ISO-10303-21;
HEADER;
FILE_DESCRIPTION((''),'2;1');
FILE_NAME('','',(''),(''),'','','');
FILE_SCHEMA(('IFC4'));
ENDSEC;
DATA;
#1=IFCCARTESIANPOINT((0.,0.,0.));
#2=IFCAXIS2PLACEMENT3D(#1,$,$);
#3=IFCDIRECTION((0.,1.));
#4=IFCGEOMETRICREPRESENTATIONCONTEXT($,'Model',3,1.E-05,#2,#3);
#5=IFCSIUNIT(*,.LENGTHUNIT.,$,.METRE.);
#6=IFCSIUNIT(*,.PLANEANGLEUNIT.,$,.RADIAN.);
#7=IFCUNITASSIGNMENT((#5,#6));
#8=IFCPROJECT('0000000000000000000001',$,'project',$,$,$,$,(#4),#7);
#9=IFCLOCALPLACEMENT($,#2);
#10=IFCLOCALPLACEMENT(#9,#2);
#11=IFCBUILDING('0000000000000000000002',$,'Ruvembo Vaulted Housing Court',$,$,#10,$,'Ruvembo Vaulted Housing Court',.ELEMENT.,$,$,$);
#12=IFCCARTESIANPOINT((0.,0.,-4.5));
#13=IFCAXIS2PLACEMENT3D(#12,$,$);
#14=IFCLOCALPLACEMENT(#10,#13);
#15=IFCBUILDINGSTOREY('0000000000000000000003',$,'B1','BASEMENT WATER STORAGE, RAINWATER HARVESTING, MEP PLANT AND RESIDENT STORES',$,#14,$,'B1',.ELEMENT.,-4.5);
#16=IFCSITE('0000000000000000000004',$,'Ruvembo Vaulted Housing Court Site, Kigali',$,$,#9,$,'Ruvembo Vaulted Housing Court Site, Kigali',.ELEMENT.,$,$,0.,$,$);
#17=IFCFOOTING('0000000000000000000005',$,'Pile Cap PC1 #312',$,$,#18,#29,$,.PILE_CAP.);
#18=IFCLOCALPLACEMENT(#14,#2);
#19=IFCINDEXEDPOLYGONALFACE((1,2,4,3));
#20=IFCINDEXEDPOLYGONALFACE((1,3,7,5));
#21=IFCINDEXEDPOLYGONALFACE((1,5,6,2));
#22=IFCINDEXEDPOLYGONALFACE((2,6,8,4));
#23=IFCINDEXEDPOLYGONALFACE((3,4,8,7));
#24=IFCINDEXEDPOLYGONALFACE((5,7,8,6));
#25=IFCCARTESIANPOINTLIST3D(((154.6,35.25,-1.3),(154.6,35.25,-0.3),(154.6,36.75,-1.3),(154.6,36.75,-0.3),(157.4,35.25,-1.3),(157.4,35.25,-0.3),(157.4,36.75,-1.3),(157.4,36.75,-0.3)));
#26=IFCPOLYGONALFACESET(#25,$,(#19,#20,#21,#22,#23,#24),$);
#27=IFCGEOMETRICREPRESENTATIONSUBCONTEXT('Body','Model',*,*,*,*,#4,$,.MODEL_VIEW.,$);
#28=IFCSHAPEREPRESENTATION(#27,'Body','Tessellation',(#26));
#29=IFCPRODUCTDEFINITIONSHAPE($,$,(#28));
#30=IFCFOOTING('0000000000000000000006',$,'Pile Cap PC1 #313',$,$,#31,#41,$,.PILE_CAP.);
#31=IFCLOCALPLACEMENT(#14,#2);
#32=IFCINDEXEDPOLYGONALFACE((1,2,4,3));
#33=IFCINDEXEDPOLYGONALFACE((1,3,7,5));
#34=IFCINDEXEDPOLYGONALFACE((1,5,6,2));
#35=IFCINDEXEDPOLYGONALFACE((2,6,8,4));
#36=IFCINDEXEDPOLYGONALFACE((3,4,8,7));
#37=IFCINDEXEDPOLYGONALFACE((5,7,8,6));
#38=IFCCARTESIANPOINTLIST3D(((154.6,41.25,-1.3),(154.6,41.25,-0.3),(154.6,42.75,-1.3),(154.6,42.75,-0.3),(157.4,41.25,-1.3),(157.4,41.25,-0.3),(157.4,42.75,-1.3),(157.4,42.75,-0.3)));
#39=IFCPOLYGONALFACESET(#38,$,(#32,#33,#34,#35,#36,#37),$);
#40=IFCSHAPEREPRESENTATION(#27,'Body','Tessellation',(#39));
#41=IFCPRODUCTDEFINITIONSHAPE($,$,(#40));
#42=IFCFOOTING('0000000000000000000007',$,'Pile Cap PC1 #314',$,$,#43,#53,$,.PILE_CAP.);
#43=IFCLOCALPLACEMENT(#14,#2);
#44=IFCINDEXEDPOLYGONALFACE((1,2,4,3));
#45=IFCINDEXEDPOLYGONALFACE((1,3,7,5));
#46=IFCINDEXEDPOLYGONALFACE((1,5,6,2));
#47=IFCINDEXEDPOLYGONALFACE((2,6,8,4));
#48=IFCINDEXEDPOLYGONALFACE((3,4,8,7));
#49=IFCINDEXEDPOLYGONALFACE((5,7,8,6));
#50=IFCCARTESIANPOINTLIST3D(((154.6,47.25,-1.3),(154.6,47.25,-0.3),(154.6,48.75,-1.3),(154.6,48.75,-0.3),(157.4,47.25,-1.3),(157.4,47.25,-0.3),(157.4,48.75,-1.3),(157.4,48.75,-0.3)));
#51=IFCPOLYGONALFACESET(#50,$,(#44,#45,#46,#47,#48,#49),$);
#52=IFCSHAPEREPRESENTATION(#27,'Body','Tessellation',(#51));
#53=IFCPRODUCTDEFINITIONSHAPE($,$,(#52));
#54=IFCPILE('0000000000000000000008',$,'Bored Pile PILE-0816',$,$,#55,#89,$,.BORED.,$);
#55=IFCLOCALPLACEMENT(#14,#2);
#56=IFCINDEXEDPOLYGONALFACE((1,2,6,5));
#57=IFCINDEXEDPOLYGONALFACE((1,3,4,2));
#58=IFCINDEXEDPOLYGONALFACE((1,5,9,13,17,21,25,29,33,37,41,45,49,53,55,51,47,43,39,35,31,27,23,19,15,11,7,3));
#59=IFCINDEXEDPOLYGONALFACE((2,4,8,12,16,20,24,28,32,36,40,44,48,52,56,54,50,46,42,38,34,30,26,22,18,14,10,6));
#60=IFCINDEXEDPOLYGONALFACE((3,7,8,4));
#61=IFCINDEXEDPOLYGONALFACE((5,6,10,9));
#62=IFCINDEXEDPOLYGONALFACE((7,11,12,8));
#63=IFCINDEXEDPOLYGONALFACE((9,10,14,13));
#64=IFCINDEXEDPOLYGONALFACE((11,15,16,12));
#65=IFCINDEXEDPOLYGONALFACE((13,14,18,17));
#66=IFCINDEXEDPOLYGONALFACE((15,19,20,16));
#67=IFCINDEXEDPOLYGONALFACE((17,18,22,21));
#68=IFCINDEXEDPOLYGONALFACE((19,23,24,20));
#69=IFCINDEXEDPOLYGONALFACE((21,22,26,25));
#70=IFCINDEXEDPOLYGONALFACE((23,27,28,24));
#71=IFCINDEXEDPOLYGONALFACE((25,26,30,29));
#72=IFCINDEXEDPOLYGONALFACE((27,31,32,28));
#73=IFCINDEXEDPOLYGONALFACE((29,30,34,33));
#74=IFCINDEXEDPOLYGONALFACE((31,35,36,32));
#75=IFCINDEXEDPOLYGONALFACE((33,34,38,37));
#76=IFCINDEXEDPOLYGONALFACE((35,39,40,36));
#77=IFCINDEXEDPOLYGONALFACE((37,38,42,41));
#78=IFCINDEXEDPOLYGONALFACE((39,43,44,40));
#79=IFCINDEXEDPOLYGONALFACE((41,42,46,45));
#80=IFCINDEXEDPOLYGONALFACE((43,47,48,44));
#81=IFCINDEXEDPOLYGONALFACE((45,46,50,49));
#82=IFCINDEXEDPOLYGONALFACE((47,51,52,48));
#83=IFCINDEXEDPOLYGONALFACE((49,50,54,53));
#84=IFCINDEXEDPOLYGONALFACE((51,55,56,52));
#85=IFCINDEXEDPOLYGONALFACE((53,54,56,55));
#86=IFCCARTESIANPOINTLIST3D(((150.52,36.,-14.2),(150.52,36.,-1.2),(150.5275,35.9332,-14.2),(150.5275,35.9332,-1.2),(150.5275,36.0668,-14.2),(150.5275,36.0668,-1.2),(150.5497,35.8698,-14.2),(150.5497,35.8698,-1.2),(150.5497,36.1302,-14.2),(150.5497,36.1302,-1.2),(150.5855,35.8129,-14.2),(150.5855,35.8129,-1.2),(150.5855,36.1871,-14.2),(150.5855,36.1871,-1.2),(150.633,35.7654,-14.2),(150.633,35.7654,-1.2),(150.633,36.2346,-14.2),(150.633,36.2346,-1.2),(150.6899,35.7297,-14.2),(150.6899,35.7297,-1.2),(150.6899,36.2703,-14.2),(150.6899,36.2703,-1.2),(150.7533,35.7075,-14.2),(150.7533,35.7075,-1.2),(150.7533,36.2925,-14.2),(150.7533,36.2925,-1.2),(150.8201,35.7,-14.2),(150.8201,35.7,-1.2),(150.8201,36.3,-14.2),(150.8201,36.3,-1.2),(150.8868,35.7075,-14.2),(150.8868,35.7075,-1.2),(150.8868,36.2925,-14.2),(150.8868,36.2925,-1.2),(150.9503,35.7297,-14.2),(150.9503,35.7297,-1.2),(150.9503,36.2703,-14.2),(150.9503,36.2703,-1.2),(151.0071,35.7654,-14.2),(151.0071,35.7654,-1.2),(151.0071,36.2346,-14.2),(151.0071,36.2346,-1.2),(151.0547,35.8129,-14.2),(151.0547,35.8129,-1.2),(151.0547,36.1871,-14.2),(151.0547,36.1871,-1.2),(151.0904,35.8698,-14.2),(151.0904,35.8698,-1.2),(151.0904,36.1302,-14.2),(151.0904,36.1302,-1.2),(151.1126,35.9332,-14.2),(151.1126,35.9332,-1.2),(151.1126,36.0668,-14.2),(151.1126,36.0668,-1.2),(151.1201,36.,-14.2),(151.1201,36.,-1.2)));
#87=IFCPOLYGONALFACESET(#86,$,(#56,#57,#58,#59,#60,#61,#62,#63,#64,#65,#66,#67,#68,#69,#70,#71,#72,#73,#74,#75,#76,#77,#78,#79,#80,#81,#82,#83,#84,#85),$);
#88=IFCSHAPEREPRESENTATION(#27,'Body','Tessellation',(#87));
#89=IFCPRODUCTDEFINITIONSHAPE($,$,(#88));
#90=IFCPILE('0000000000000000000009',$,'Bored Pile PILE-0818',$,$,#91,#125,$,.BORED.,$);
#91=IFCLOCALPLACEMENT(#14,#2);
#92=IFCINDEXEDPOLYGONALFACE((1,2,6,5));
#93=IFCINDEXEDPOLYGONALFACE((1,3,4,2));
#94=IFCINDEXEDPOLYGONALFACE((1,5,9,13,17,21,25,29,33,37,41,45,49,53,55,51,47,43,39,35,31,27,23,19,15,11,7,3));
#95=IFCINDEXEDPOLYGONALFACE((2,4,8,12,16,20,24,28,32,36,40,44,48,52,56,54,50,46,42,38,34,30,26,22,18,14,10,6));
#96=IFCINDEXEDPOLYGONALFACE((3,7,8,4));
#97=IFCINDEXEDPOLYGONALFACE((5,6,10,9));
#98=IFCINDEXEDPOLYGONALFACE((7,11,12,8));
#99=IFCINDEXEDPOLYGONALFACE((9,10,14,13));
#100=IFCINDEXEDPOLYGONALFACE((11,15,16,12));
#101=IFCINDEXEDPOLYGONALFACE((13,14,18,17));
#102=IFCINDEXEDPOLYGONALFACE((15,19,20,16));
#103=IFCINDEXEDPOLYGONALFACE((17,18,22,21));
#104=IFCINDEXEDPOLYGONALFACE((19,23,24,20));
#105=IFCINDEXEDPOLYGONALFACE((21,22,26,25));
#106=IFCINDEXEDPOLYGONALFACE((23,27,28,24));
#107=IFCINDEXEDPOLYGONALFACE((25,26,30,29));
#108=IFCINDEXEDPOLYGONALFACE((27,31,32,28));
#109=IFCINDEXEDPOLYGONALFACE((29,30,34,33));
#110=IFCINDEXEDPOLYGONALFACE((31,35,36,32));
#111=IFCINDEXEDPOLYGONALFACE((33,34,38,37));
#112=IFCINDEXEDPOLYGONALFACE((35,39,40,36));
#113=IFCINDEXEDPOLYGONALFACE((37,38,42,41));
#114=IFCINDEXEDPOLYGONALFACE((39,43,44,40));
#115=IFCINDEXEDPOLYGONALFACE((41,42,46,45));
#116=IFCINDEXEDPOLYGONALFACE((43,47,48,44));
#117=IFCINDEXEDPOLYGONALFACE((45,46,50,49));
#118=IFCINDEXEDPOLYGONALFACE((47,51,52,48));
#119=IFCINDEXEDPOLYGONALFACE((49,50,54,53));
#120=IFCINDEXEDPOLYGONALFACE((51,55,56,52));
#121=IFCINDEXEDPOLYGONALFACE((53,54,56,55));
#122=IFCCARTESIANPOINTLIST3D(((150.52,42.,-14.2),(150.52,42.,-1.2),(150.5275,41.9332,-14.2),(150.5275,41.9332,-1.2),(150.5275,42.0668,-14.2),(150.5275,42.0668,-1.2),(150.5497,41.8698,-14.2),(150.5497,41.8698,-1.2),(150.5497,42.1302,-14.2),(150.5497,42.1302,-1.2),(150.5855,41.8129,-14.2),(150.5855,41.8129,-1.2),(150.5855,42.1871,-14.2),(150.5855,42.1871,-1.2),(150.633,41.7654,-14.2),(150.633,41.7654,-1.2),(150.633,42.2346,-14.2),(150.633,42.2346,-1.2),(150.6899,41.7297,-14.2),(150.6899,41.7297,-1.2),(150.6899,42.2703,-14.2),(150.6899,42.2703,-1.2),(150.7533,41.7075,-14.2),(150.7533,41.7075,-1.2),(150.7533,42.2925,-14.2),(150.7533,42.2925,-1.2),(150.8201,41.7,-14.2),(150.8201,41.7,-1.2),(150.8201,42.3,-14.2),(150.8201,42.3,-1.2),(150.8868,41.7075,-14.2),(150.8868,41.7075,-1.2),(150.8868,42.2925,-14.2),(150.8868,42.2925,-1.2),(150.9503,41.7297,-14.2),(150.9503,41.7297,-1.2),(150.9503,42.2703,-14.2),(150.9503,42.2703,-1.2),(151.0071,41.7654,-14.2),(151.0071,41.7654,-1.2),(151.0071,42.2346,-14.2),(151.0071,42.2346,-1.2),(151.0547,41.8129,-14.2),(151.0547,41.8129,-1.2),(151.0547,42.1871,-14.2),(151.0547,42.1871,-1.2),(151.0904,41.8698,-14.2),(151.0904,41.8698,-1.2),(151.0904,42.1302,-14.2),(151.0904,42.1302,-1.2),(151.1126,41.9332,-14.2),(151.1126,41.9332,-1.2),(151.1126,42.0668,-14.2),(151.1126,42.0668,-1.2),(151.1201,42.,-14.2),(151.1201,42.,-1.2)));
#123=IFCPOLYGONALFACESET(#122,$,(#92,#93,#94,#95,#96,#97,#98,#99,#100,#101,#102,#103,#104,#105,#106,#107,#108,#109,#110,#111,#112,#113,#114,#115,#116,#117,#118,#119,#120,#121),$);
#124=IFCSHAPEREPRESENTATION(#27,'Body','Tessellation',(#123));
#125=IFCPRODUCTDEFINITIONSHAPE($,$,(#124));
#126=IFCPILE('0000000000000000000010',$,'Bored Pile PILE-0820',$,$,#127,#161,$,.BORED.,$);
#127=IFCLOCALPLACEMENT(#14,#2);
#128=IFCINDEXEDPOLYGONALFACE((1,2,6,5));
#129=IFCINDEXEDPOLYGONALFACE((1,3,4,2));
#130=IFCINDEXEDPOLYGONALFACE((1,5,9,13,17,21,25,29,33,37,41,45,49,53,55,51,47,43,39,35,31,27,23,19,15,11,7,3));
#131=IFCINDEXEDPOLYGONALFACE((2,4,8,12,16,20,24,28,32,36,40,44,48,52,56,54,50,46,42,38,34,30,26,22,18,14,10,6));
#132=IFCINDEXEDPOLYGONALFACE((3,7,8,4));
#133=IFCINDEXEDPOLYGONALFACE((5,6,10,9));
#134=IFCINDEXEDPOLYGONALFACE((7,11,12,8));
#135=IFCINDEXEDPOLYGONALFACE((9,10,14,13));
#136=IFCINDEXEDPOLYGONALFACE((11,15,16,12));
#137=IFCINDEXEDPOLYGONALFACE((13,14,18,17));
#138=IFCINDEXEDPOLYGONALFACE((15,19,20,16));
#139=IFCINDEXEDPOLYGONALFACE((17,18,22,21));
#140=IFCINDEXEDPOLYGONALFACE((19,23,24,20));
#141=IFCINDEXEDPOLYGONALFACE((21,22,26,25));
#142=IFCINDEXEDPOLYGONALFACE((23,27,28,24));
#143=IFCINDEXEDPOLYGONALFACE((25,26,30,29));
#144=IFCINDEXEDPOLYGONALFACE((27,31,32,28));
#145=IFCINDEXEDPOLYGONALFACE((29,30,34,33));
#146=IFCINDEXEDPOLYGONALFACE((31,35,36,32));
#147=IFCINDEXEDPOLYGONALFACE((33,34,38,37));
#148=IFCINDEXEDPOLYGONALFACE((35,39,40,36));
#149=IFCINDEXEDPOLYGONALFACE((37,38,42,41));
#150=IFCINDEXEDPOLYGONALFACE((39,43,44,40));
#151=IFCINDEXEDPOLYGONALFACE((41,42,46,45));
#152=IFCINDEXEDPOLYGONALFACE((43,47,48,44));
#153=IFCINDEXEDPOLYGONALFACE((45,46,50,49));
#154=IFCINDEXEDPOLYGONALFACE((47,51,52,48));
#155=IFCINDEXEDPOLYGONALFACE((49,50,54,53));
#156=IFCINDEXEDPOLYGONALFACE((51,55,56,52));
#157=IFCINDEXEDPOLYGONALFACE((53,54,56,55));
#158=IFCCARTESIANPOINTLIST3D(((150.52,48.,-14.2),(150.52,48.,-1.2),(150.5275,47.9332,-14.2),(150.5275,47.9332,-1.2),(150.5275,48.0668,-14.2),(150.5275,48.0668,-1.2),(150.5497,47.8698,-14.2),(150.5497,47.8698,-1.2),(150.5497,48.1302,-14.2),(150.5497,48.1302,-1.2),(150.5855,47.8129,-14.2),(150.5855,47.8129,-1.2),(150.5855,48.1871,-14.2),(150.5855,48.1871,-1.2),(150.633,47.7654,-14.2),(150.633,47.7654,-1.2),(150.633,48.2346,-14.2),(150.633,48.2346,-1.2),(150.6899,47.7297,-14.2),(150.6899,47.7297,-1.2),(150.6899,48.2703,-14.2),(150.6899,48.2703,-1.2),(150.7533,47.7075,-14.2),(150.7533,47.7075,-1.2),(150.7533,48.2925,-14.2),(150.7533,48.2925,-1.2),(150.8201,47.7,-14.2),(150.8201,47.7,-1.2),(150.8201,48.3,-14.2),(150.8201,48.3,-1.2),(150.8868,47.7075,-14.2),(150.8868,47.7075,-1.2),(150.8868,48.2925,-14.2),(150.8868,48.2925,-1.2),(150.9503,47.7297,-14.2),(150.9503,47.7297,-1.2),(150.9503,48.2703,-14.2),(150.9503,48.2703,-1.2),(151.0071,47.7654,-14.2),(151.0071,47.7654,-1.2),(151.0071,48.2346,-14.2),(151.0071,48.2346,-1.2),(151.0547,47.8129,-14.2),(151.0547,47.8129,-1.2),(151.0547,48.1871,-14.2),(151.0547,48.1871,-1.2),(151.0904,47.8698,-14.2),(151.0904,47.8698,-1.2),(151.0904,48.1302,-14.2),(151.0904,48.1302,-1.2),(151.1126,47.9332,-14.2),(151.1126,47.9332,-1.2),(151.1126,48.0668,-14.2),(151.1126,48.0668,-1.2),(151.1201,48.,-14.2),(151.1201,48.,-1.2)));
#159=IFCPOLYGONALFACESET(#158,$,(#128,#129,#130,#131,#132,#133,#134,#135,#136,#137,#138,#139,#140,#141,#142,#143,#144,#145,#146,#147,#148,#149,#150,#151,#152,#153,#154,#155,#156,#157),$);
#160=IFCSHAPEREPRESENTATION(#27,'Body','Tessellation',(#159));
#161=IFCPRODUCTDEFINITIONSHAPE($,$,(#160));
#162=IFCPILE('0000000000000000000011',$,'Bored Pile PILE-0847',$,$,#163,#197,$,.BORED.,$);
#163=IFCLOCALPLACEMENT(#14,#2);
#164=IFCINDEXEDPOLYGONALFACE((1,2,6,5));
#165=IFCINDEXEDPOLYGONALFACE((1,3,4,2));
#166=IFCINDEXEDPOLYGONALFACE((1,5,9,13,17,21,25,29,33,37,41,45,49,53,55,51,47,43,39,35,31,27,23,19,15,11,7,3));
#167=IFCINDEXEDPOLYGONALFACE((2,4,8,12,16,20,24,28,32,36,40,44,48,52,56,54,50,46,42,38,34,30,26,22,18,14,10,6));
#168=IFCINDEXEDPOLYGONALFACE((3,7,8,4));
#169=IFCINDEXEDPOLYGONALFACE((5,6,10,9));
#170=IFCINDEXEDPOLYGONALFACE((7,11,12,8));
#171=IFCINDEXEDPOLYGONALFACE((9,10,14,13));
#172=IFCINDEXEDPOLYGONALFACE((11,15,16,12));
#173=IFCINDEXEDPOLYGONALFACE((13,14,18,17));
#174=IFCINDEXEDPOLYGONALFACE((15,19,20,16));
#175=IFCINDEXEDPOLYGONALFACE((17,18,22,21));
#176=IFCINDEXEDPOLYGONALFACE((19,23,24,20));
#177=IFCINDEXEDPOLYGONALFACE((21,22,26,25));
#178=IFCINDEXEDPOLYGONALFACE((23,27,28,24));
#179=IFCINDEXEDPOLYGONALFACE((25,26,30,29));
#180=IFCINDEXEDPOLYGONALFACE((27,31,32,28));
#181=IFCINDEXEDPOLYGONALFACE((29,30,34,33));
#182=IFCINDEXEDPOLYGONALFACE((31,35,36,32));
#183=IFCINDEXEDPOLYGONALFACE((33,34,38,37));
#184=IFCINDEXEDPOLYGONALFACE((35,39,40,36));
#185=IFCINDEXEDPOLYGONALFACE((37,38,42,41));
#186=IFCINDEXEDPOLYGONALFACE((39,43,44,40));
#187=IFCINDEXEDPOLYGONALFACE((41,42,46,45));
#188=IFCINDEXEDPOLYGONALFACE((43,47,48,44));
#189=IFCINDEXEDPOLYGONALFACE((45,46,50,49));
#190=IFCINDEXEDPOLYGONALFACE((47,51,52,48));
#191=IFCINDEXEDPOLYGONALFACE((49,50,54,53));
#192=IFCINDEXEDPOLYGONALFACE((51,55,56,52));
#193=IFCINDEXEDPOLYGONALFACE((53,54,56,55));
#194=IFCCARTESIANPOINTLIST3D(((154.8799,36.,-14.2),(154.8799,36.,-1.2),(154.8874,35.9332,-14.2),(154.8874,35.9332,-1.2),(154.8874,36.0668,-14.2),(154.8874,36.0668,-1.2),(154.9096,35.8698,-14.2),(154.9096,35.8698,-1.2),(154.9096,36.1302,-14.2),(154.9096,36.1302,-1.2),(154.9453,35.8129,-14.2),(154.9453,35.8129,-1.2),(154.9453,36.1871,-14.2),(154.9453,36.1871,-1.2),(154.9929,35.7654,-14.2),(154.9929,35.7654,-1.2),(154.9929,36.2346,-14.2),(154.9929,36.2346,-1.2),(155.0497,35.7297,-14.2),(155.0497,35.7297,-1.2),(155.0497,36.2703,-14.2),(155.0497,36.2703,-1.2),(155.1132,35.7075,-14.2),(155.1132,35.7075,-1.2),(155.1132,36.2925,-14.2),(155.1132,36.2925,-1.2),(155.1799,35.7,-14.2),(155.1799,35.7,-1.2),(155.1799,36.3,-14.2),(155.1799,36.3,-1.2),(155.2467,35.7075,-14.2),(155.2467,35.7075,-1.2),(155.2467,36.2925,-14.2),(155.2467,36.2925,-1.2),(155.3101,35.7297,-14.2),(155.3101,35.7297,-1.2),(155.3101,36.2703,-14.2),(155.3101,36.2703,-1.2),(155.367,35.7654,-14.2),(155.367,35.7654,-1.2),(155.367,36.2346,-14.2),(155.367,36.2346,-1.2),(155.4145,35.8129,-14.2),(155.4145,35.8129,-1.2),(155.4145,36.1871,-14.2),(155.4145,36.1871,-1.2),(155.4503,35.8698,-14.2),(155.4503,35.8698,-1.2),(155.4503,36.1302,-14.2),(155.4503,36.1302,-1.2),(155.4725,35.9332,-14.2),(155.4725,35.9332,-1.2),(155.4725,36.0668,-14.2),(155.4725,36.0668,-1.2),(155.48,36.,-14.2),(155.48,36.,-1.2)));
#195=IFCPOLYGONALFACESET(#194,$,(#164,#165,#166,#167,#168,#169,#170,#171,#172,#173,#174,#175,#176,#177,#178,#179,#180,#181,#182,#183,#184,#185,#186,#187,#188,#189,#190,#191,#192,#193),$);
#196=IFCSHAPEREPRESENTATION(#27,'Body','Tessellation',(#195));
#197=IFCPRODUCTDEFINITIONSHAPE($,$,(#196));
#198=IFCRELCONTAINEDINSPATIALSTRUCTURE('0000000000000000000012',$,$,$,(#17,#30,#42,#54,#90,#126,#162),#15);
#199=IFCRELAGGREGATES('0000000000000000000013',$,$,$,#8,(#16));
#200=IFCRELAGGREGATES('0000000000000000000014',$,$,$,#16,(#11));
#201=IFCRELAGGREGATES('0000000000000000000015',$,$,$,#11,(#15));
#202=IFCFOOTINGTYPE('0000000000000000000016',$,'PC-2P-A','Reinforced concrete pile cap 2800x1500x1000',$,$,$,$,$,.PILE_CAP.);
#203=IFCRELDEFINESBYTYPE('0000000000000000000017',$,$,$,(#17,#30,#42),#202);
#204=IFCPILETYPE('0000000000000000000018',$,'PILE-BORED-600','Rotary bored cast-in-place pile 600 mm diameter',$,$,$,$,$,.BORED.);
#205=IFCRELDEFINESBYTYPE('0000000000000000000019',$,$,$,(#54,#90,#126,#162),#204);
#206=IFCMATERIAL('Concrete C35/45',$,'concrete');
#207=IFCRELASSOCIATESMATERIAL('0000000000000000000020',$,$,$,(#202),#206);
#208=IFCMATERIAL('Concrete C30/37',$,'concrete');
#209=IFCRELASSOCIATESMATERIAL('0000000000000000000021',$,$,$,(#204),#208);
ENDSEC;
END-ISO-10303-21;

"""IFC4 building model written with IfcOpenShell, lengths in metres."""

from ifc_helpers import new_model, si_unit, direction, frame, origin, origin_2d, place, context, subcontext, project, spatial, rectangle, circle, extrude, material, material_profile, profile_set, type_object, element, save


model = new_model("IFC4")

# Units and contexts
model_context = context("Model", 3, precision=1e-05, world=origin(), true_north=direction((0.0, 1.0)))
body_context = subcontext(model_context, "Body", "Model", "MODEL_VIEW")
ifc_project = project(units=[si_unit("LENGTHUNIT", "METRE"), si_unit("PLANEANGLEUNIT", "RADIAN")], contexts=[model_context])

# Site, building, storey
site_placement = place(None, origin())
site = spatial("IfcSite", under=ifc_project, at=site_placement, Name="Ruvembo Vaulted Housing Court Site, Kigali", LongName="Ruvembo Vaulted Housing Court Site, Kigali", CompositionType="ELEMENT", RefElevation=0.0)
building_placement = place(site_placement, origin())
building = spatial("IfcBuilding", under=site, at=building_placement, Name="Ruvembo Vaulted Housing Court", LongName="Ruvembo Vaulted Housing Court", CompositionType="ELEMENT")
storey_placement = place(building_placement, frame((0.0, 0.0, -4.5)))
storey = spatial("IfcBuildingStorey", under=building, at=storey_placement, Name="B1", Description="BASEMENT WATER STORAGE, RAINWATER HARVESTING, MEP PLANT AND RESIDENT STORES", LongName="B1", CompositionType="ELEMENT", Elevation=-4.5)

# Footings
ifc_material_1 = material(Name="Concrete C35/45", Category="concrete")
footing_type = type_object("IfcFootingType", Name="PC-2P-A", Description="Reinforced concrete pile cap 2800x1500x1000", PredefinedType="PILE_CAP", material=ifc_material_1)
for number, where, z_axis, x_axis, name in (
    (1, (156.0, 36.0, -1.3), (0.0, 0.0, 1.0), (1.0, 0.0, 0.0), "Pile Cap PC1 #312"),
    (2, (156.0, 42.0, -1.3), (0.0, 0.0, 1.0), (1.0, 0.0, 0.0), "Pile Cap PC1 #313"),
    (3, (156.0, 48.0, -1.3), (0.0, 0.0, 1.0), (1.0, 0.0, 0.0), "Pile Cap PC1 #314"),
):
    element("IfcFooting", number, at=place(storey_placement, frame(where, z_axis=z_axis, x_axis=x_axis)), inside=storey, type_object=footing_type, Name=name, PredefinedType="PILE_CAP", context=body_context, shape_type="SweptSolid", body=[
        extrude(rectangle(XDim=2.8, YDim=1.5, at=origin_2d()), origin(), (0.0, 0.0, 1.0), 1.0),
    ])

# Piles
ifc_material_2 = material(Name="Concrete C30/37", Category="concrete")
ifc_material_profile_1 = material_profile(ifc_material_2, circle(Radius=0.3, at=origin_2d()), Name="PILE D600")
ifc_profile_set_1 = profile_set([ifc_material_profile_1], Name="Concrete C30/37")
pile_type = type_object("IfcPileType", Name="PILE-BORED-600", Description="Rotary bored cast-in-place pile 600 mm diameter", PredefinedType="BORED", material=ifc_profile_set_1)
for number, where, z_axis, x_axis, name in (
    (4, (150.8201, 36.0, -1.2), (0.0, 0.0, -1.0), (1.0, 0.0, 0.0), "Bored Pile PILE-0816"),
    (5, (150.8201, 42.0, -1.2), (0.0, 0.0, -1.0), (1.0, 0.0, 0.0), "Bored Pile PILE-0818"),
    (6, (150.8201, 48.0, -1.2), (0.0, 0.0, -1.0), (1.0, 0.0, 0.0), "Bored Pile PILE-0820"),
    (7, (155.1799, 36.0, -1.2), (0.0, 0.0, -1.0), (1.0, 0.0, 0.0), "Bored Pile PILE-0847"),
):
    element("IfcPile", number, at=place(storey_placement, frame(where, z_axis=z_axis, x_axis=x_axis)), inside=storey, type_object=pile_type, Name=name, PredefinedType="BORED", context=body_context, shape_type="SweptSolid", body=[
        extrude(circle(Radius=0.3, at=origin_2d()), origin(), (0.0, 0.0, 1.0), 13.0),
    ])

save(model, "model.ifc")
